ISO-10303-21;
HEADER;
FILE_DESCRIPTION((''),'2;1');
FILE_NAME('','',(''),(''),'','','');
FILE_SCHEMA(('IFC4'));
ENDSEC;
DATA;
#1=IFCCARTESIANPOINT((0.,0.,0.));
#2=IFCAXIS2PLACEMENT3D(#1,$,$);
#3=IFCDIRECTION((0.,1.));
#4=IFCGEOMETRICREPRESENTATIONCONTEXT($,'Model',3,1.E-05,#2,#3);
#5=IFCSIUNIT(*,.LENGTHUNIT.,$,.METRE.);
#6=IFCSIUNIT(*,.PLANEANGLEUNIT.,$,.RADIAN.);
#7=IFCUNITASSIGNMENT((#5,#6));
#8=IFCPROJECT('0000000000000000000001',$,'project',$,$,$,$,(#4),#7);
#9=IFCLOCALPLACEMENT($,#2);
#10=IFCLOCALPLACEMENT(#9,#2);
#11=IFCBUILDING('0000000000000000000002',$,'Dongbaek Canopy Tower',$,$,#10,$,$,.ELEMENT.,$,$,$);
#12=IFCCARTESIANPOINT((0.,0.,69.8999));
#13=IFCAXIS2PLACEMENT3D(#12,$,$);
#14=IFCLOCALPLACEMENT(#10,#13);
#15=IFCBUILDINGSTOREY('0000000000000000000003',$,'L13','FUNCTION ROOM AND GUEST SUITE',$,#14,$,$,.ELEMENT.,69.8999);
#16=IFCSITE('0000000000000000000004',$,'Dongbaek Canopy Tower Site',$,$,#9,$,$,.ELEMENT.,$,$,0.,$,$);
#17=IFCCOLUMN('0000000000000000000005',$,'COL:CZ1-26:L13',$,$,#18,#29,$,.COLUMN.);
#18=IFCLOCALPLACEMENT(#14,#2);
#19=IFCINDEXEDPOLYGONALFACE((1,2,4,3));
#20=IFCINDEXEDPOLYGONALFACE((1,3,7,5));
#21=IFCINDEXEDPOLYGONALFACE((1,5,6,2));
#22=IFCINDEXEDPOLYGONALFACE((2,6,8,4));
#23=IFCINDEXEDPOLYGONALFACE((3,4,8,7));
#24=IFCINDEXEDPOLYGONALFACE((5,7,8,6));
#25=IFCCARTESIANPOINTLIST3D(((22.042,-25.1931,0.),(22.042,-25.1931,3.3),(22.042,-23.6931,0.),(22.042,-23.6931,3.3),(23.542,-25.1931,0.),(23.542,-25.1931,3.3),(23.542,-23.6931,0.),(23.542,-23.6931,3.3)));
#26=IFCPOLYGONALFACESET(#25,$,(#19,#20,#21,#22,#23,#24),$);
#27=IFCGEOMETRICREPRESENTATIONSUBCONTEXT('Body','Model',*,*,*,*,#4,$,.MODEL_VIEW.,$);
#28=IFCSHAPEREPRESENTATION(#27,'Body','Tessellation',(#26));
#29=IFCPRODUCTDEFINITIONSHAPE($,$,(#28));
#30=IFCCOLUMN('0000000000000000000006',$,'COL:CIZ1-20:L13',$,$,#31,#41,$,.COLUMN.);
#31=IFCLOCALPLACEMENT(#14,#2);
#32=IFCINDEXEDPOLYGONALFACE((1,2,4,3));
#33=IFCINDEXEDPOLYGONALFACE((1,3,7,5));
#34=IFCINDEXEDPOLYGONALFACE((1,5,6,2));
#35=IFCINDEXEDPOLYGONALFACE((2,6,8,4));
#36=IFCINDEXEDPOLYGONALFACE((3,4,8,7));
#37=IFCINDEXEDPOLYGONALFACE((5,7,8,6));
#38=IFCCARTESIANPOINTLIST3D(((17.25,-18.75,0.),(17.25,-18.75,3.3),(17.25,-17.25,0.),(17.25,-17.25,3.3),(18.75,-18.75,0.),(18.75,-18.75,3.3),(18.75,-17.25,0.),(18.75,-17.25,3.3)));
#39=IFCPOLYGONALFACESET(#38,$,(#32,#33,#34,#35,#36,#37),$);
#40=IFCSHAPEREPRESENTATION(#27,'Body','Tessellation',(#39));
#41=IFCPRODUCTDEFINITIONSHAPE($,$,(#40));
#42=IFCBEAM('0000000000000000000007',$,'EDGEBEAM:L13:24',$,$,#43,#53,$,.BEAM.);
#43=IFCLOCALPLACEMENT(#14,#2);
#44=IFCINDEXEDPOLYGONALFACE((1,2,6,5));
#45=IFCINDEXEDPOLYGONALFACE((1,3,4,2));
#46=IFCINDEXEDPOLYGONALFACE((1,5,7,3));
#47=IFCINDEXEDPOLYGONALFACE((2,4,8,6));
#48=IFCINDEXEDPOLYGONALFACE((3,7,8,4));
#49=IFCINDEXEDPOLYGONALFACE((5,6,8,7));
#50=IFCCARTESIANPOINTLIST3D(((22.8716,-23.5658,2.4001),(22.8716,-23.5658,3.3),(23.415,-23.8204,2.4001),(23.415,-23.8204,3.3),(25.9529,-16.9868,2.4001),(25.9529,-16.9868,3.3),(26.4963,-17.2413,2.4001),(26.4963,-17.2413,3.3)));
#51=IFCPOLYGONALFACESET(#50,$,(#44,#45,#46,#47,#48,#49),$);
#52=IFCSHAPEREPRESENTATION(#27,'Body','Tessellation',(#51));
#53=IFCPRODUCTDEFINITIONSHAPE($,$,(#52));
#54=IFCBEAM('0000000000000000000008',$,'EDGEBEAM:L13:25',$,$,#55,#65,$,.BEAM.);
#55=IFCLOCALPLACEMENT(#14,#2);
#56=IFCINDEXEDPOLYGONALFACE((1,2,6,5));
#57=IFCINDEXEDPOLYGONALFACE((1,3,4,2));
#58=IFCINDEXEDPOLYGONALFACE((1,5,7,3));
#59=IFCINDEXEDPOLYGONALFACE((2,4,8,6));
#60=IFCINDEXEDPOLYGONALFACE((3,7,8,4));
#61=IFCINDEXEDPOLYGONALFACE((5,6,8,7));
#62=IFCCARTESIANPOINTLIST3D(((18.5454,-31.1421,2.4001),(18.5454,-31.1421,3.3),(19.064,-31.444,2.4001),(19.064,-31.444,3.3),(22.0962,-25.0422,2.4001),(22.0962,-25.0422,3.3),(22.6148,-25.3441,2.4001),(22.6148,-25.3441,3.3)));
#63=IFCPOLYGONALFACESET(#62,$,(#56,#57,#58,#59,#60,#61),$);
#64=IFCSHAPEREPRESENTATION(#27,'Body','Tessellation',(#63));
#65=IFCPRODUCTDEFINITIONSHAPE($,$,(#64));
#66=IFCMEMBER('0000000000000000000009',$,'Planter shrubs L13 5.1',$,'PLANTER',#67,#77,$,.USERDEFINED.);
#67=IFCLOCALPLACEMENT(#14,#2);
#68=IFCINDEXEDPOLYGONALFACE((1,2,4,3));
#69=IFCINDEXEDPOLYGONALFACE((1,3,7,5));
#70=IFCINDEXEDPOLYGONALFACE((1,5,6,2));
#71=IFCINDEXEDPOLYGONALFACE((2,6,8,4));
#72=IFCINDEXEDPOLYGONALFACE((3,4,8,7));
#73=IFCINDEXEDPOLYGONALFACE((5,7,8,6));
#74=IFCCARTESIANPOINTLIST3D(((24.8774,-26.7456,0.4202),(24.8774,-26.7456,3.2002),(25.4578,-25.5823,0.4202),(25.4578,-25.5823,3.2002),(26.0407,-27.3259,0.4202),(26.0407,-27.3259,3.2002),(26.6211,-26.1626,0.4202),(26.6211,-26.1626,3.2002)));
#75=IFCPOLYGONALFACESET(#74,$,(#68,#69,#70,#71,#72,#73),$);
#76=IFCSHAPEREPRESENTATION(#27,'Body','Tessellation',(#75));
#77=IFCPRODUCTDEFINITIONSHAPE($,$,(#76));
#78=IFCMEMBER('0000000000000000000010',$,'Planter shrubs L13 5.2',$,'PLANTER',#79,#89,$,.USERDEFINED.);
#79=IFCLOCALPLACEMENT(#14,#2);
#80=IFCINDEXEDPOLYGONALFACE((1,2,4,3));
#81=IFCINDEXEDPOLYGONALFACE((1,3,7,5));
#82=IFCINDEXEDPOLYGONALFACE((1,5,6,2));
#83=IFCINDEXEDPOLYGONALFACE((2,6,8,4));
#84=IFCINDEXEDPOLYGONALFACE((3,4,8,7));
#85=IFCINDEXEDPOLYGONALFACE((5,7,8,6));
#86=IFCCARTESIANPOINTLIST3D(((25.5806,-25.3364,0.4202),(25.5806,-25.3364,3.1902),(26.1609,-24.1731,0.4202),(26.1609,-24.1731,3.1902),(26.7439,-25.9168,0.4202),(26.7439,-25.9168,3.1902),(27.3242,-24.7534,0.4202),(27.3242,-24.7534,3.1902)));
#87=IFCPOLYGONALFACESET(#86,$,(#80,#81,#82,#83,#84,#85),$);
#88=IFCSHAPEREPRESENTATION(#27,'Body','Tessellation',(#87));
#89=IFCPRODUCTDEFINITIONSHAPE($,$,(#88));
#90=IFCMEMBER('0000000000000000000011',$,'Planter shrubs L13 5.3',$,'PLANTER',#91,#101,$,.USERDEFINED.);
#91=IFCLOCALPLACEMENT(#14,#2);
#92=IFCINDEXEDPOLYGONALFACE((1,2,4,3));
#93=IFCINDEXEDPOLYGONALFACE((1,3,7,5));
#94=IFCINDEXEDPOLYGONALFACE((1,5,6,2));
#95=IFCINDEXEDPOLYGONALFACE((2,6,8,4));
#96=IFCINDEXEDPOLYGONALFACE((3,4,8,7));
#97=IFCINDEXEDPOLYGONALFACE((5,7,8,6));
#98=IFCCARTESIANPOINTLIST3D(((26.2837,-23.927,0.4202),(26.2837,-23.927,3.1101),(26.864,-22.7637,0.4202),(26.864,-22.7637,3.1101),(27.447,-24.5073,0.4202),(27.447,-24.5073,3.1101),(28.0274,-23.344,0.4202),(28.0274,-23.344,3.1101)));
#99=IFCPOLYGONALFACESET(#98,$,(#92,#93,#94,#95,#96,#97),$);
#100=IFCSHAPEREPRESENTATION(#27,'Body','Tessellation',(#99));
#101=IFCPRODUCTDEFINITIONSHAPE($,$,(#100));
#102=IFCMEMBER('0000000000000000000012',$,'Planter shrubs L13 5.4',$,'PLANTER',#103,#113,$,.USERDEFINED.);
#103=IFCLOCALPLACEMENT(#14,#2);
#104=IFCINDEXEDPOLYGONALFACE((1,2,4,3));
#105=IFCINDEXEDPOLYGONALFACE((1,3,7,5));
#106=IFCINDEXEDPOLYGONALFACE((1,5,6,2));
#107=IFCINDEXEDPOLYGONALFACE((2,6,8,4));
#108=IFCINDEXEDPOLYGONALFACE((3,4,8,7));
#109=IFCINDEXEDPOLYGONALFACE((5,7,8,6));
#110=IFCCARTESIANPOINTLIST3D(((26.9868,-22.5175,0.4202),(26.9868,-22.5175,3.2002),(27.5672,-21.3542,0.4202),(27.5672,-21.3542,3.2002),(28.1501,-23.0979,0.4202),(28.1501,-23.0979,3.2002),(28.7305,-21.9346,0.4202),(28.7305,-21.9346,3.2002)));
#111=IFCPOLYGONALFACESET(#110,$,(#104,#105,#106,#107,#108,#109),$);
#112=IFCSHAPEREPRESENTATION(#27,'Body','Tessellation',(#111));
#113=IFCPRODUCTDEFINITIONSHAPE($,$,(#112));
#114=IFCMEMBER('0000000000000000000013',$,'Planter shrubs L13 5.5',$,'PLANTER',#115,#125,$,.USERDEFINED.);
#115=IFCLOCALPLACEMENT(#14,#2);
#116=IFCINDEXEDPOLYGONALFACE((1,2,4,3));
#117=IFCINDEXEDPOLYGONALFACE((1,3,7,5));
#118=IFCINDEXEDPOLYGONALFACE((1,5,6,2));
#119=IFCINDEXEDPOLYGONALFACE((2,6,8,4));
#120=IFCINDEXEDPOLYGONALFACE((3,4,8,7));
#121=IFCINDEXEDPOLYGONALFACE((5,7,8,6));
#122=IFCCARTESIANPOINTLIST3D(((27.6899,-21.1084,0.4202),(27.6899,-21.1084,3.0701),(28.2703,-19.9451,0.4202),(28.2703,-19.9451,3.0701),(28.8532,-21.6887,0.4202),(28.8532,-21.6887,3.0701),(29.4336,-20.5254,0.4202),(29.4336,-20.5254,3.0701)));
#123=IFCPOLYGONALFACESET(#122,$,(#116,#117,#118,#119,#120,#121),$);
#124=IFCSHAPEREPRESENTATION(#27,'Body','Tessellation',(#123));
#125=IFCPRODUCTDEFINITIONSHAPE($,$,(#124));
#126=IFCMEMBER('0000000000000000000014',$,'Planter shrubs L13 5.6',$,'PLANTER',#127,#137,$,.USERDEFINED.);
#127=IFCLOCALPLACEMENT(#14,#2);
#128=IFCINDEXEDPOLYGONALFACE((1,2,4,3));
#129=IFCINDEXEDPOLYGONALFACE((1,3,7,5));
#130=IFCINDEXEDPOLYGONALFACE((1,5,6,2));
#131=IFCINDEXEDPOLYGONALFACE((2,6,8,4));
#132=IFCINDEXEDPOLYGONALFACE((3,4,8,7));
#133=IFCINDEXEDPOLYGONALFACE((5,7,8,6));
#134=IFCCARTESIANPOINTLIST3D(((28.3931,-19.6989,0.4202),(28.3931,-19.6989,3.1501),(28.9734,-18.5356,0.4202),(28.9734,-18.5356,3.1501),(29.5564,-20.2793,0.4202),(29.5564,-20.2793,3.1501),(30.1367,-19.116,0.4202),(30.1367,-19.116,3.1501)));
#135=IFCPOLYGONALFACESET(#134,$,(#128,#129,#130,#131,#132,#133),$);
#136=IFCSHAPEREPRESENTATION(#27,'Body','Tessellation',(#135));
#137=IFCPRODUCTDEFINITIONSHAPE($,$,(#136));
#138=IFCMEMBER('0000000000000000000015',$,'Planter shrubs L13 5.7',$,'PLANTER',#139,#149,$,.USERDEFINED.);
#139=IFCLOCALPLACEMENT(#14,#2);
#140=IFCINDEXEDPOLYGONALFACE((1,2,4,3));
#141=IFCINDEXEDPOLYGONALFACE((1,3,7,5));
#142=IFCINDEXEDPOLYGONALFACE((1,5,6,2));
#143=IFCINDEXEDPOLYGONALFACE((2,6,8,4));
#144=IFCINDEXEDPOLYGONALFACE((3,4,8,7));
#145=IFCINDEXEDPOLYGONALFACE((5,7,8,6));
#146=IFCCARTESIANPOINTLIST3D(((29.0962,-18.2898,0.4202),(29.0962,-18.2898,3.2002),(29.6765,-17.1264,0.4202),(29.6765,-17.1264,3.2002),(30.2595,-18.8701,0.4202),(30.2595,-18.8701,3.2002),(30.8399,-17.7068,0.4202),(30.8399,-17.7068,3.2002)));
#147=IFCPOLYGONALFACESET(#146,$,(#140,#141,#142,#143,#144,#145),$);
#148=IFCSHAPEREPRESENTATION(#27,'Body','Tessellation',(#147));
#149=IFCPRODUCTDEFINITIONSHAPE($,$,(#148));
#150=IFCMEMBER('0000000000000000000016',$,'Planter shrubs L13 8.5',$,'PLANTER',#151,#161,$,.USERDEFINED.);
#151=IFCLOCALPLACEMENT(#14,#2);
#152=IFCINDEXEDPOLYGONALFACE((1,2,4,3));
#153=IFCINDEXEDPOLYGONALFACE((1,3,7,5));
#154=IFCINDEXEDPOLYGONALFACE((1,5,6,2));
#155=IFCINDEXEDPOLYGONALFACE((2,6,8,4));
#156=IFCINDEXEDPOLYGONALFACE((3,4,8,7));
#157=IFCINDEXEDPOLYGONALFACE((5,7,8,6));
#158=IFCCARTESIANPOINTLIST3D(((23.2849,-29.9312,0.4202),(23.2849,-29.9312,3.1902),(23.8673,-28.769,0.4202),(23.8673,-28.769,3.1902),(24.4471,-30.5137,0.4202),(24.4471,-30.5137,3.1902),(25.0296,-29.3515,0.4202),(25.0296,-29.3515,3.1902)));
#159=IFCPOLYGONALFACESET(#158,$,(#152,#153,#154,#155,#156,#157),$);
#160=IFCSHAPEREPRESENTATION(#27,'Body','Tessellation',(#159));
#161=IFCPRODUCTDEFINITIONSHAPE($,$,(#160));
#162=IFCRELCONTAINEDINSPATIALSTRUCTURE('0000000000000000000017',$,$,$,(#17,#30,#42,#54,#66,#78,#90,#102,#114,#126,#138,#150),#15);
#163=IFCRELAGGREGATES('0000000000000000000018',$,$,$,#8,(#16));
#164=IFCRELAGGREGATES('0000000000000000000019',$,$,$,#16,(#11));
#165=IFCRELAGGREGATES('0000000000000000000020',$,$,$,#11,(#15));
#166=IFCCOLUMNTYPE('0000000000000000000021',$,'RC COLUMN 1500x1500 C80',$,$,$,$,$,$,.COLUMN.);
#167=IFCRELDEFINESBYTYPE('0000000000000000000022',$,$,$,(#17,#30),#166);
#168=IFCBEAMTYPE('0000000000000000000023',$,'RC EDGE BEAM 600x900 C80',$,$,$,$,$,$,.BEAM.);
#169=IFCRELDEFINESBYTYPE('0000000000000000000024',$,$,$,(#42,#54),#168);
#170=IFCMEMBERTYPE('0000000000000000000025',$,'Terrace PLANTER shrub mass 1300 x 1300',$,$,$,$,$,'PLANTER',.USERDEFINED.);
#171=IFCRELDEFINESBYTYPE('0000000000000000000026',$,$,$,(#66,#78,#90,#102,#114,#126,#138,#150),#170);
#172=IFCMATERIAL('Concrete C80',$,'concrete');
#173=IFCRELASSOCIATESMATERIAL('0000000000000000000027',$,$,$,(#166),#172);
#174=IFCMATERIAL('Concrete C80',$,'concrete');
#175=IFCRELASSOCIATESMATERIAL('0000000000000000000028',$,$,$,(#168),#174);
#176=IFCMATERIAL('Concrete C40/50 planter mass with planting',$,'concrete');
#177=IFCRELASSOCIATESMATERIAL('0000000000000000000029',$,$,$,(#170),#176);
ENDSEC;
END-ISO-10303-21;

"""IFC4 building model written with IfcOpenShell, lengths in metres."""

from ifc_helpers import new_model, si_unit, direction, frame, origin, origin_2d, place, context, subcontext, project, spatial, rectangle, extrude, material, material_profile, profile_set, type_object, element, save


model = new_model("IFC4")

# Units and contexts
model_context = context("Model", 3, precision=1e-05, world=origin(), true_north=direction((0.0, 1.0)))
body_context = subcontext(model_context, "Body", "Model", "MODEL_VIEW")
ifc_project = project(units=[si_unit("LENGTHUNIT", "METRE"), si_unit("PLANEANGLEUNIT", "RADIAN")], contexts=[model_context])

# Site, building, storey
site_placement = place(None, origin())
site = spatial("IfcSite", under=ifc_project, at=site_placement, Name="Dongbaek Canopy Tower Site", CompositionType="ELEMENT", RefElevation=0.0)
building_placement = place(site_placement, origin())
building = spatial("IfcBuilding", under=site, at=building_placement, Name="Dongbaek Canopy Tower", CompositionType="ELEMENT")
storey_placement = place(building_placement, frame((0.0, 0.0, 69.8999)))
storey = spatial("IfcBuildingStorey", under=building, at=storey_placement, Name="L13", Description="FUNCTION ROOM AND GUEST SUITE", CompositionType="ELEMENT", Elevation=69.8999)

# Columns
ifc_material_1 = material(Name="Concrete C80", Category="concrete")
ifc_material_profile_1 = material_profile(ifc_material_1, rectangle(XDim=1.5, YDim=1.5, at=origin_2d()), Name="RC COLUMN 1500x1500 C80")
ifc_profile_set_1 = profile_set([ifc_material_profile_1], Name="Concrete C80")
column_type = type_object("IfcColumnType", Name="RC COLUMN 1500x1500 C80", PredefinedType="COLUMN", material=ifc_profile_set_1)
for number, where, z_axis, x_axis, name in (
    (1, (22.792, -24.4431, 0.0), (0.0, 0.0, 1.0), (1.0, 0.0, 0.0), "COL:CZ1-26:L13"),
    (2, (18.0, -18.0, 0.0), (0.0, 0.0, 1.0), (1.0, 0.0, 0.0), "COL:CIZ1-20:L13"),
):
    element("IfcColumn", number, at=place(storey_placement, frame(where, z_axis=z_axis, x_axis=x_axis)), inside=storey, type_object=column_type, Name=name, PredefinedType="COLUMN", context=body_context, shape_type="SweptSolid", body=[
        extrude(rectangle(XDim=1.5, YDim=1.5, at=origin_2d()), origin(), (0.0, 0.0, 1.0), 3.3),
    ])

# Beams
ifc_material_2 = material(Name="Concrete C80", Category="concrete")
ifc_material_profile_2 = material_profile(ifc_material_2, rectangle(XDim=0.6001, YDim=0.8999, at=origin_2d()), Name="RC EDGE BEAM 600x900 C80")
ifc_profile_set_2 = profile_set([ifc_material_profile_2], Name="Concrete C80")
beam_type = type_object("IfcBeamType", Name="RC EDGE BEAM 600x900 C80", PredefinedType="BEAM", material=ifc_profile_set_2)
beam_1_placement = place(storey_placement, frame((26.2246, -17.114, 2.8501), z_axis=(-0.424134, -0.905599, 0.0), x_axis=(0.905599, -0.424134, 0.0)))
element("IfcBeam", 3, at=beam_1_placement, inside=storey, type_object=beam_type, Name="EDGEBEAM:L13:24", PredefinedType="BEAM", context=body_context, shape_type="SweptSolid", body=[
    extrude(rectangle(XDim=0.6001, YDim=0.8999, at=origin_2d()), origin(), (0.0, 0.0, 1.0), 7.2649),
])
beam_2_placement = place(storey_placement, frame((22.3555, -25.1931, 2.8501), z_axis=(-0.503082, -0.864239, 0.0), x_axis=(0.864239, -0.503082, 0.0)))
element("IfcBeam", 4, at=beam_2_placement, inside=storey, type_object=beam_type, Name="EDGEBEAM:L13:25", PredefinedType="BEAM", context=body_context, shape_type="SweptSolid", body=[
    extrude(rectangle(XDim=0.6001, YDim=0.8999, at=origin_2d()), origin(), (0.0, 0.0, 1.0), 7.0581),
])

# Members
ifc_material_3 = material(Name="Concrete C40/50 planter mass with planting", Category="concrete")
ifc_material_profile_3 = material_profile(ifc_material_3, rectangle(XDim=1.3, YDim=1.3, at=origin_2d()), Name="Terrace PLANTER shrub mass 1300 x 1300")
ifc_profile_set_3 = profile_set([ifc_material_profile_3], Name="Concrete C40/50 planter mass with planting")
member_type = type_object("IfcMemberType", Name="Terrace PLANTER shrub mass 1300 x 1300", ElementType="PLANTER", PredefinedType="USERDEFINED", material=ifc_profile_set_3)
member_1_placement = place(storey_placement, frame((25.7493, -26.4541, 0.4202), z_axis=(0.0, 0.0, 1.0), x_axis=(0.894823, -0.44642, 0.0)))
element("IfcMember", 5, at=member_1_placement, inside=storey, type_object=member_type, Name="Planter shrubs L13 5.1", ObjectType="PLANTER", PredefinedType="USERDEFINED", context=body_context, shape_type="SweptSolid", body=[
    extrude(rectangle(XDim=1.3, YDim=1.3, at=origin_2d()), origin(), (0.0, 0.0, 1.0), 2.78),
])
member_2_placement = place(storey_placement, frame((26.4524, -25.0449, 0.4202), z_axis=(0.0, 0.0, 1.0), x_axis=(0.894823, -0.44642, 0.0)))
element("IfcMember", 6, at=member_2_placement, inside=storey, type_object=member_type, Name="Planter shrubs L13 5.2", ObjectType="PLANTER", PredefinedType="USERDEFINED", context=body_context, shape_type="SweptSolid", body=[
    extrude(rectangle(XDim=1.3, YDim=1.3, at=origin_2d()), origin(), (0.0, 0.0, 1.0), 2.77),
])
member_3_placement = place(storey_placement, frame((27.1555, -23.6355, 0.4202), z_axis=(0.0, 0.0, 1.0), x_axis=(0.894823, -0.44642, 0.0)))
element("IfcMember", 7, at=member_3_placement, inside=storey, type_object=member_type, Name="Planter shrubs L13 5.3", ObjectType="PLANTER", PredefinedType="USERDEFINED", context=body_context, shape_type="SweptSolid", body=[
    extrude(rectangle(XDim=1.3, YDim=1.3, at=origin_2d()), origin(), (0.0, 0.0, 1.0), 2.6899),
])
member_4_placement = place(storey_placement, frame((27.8586, -22.2261, 0.4202), z_axis=(0.0, 0.0, 1.0), x_axis=(0.894823, -0.44642, 0.0)))
element("IfcMember", 8, at=member_4_placement, inside=storey, type_object=member_type, Name="Planter shrubs L13 5.4", ObjectType="PLANTER", PredefinedType="USERDEFINED", context=body_context, shape_type="SweptSolid", body=[
    extrude(rectangle(XDim=1.3, YDim=1.3, at=origin_2d()), origin(), (0.0, 0.0, 1.0), 2.78),
])
member_5_placement = place(storey_placement, frame((28.5618, -20.8169, 0.4202), z_axis=(0.0, 0.0, 1.0), x_axis=(0.894823, -0.44642, 0.0)))
element("IfcMember", 9, at=member_5_placement, inside=storey, type_object=member_type, Name="Planter shrubs L13 5.5", ObjectType="PLANTER", PredefinedType="USERDEFINED", context=body_context, shape_type="SweptSolid", body=[
    extrude(rectangle(XDim=1.3, YDim=1.3, at=origin_2d()), origin(), (0.0, 0.0, 1.0), 2.6499),
])
member_6_placement = place(storey_placement, frame((29.2649, -19.4075, 0.4202), z_axis=(0.0, 0.0, 1.0), x_axis=(0.894823, -0.44642, 0.0)))
element("IfcMember", 10, at=member_6_placement, inside=storey, type_object=member_type, Name="Planter shrubs L13 5.6", ObjectType="PLANTER", PredefinedType="USERDEFINED", context=body_context, shape_type="SweptSolid", body=[
    extrude(rectangle(XDim=1.3, YDim=1.3, at=origin_2d()), origin(), (0.0, 0.0, 1.0), 2.73),
])
member_7_placement = place(storey_placement, frame((29.968, -17.9983, 0.4202), z_axis=(0.0, 0.0, 1.0), x_axis=(0.894823, -0.44642, 0.0)))
element("IfcMember", 11, at=member_7_placement, inside=storey, type_object=member_type, Name="Planter shrubs L13 5.7", ObjectType="PLANTER", PredefinedType="USERDEFINED", context=body_context, shape_type="SweptSolid", body=[
    extrude(rectangle(XDim=1.3, YDim=1.3, at=origin_2d()), origin(), (0.0, 0.0, 1.0), 2.78),
])
member_8_placement = place(storey_placement, frame((24.1572, -29.6414, 0.4202), z_axis=(0.0, 0.0, 1.0), x_axis=(0.894006, -0.448055, 0.0)))
element("IfcMember", 12, at=member_8_placement, inside=storey, type_object=member_type, Name="Planter shrubs L13 8.5", ObjectType="PLANTER", PredefinedType="USERDEFINED", context=body_context, shape_type="SweptSolid", body=[
    extrude(rectangle(XDim=1.3, YDim=1.3, at=origin_2d()), origin(), (0.0, 0.0, 1.0), 2.77),
])

save(model, "model.ifc")
